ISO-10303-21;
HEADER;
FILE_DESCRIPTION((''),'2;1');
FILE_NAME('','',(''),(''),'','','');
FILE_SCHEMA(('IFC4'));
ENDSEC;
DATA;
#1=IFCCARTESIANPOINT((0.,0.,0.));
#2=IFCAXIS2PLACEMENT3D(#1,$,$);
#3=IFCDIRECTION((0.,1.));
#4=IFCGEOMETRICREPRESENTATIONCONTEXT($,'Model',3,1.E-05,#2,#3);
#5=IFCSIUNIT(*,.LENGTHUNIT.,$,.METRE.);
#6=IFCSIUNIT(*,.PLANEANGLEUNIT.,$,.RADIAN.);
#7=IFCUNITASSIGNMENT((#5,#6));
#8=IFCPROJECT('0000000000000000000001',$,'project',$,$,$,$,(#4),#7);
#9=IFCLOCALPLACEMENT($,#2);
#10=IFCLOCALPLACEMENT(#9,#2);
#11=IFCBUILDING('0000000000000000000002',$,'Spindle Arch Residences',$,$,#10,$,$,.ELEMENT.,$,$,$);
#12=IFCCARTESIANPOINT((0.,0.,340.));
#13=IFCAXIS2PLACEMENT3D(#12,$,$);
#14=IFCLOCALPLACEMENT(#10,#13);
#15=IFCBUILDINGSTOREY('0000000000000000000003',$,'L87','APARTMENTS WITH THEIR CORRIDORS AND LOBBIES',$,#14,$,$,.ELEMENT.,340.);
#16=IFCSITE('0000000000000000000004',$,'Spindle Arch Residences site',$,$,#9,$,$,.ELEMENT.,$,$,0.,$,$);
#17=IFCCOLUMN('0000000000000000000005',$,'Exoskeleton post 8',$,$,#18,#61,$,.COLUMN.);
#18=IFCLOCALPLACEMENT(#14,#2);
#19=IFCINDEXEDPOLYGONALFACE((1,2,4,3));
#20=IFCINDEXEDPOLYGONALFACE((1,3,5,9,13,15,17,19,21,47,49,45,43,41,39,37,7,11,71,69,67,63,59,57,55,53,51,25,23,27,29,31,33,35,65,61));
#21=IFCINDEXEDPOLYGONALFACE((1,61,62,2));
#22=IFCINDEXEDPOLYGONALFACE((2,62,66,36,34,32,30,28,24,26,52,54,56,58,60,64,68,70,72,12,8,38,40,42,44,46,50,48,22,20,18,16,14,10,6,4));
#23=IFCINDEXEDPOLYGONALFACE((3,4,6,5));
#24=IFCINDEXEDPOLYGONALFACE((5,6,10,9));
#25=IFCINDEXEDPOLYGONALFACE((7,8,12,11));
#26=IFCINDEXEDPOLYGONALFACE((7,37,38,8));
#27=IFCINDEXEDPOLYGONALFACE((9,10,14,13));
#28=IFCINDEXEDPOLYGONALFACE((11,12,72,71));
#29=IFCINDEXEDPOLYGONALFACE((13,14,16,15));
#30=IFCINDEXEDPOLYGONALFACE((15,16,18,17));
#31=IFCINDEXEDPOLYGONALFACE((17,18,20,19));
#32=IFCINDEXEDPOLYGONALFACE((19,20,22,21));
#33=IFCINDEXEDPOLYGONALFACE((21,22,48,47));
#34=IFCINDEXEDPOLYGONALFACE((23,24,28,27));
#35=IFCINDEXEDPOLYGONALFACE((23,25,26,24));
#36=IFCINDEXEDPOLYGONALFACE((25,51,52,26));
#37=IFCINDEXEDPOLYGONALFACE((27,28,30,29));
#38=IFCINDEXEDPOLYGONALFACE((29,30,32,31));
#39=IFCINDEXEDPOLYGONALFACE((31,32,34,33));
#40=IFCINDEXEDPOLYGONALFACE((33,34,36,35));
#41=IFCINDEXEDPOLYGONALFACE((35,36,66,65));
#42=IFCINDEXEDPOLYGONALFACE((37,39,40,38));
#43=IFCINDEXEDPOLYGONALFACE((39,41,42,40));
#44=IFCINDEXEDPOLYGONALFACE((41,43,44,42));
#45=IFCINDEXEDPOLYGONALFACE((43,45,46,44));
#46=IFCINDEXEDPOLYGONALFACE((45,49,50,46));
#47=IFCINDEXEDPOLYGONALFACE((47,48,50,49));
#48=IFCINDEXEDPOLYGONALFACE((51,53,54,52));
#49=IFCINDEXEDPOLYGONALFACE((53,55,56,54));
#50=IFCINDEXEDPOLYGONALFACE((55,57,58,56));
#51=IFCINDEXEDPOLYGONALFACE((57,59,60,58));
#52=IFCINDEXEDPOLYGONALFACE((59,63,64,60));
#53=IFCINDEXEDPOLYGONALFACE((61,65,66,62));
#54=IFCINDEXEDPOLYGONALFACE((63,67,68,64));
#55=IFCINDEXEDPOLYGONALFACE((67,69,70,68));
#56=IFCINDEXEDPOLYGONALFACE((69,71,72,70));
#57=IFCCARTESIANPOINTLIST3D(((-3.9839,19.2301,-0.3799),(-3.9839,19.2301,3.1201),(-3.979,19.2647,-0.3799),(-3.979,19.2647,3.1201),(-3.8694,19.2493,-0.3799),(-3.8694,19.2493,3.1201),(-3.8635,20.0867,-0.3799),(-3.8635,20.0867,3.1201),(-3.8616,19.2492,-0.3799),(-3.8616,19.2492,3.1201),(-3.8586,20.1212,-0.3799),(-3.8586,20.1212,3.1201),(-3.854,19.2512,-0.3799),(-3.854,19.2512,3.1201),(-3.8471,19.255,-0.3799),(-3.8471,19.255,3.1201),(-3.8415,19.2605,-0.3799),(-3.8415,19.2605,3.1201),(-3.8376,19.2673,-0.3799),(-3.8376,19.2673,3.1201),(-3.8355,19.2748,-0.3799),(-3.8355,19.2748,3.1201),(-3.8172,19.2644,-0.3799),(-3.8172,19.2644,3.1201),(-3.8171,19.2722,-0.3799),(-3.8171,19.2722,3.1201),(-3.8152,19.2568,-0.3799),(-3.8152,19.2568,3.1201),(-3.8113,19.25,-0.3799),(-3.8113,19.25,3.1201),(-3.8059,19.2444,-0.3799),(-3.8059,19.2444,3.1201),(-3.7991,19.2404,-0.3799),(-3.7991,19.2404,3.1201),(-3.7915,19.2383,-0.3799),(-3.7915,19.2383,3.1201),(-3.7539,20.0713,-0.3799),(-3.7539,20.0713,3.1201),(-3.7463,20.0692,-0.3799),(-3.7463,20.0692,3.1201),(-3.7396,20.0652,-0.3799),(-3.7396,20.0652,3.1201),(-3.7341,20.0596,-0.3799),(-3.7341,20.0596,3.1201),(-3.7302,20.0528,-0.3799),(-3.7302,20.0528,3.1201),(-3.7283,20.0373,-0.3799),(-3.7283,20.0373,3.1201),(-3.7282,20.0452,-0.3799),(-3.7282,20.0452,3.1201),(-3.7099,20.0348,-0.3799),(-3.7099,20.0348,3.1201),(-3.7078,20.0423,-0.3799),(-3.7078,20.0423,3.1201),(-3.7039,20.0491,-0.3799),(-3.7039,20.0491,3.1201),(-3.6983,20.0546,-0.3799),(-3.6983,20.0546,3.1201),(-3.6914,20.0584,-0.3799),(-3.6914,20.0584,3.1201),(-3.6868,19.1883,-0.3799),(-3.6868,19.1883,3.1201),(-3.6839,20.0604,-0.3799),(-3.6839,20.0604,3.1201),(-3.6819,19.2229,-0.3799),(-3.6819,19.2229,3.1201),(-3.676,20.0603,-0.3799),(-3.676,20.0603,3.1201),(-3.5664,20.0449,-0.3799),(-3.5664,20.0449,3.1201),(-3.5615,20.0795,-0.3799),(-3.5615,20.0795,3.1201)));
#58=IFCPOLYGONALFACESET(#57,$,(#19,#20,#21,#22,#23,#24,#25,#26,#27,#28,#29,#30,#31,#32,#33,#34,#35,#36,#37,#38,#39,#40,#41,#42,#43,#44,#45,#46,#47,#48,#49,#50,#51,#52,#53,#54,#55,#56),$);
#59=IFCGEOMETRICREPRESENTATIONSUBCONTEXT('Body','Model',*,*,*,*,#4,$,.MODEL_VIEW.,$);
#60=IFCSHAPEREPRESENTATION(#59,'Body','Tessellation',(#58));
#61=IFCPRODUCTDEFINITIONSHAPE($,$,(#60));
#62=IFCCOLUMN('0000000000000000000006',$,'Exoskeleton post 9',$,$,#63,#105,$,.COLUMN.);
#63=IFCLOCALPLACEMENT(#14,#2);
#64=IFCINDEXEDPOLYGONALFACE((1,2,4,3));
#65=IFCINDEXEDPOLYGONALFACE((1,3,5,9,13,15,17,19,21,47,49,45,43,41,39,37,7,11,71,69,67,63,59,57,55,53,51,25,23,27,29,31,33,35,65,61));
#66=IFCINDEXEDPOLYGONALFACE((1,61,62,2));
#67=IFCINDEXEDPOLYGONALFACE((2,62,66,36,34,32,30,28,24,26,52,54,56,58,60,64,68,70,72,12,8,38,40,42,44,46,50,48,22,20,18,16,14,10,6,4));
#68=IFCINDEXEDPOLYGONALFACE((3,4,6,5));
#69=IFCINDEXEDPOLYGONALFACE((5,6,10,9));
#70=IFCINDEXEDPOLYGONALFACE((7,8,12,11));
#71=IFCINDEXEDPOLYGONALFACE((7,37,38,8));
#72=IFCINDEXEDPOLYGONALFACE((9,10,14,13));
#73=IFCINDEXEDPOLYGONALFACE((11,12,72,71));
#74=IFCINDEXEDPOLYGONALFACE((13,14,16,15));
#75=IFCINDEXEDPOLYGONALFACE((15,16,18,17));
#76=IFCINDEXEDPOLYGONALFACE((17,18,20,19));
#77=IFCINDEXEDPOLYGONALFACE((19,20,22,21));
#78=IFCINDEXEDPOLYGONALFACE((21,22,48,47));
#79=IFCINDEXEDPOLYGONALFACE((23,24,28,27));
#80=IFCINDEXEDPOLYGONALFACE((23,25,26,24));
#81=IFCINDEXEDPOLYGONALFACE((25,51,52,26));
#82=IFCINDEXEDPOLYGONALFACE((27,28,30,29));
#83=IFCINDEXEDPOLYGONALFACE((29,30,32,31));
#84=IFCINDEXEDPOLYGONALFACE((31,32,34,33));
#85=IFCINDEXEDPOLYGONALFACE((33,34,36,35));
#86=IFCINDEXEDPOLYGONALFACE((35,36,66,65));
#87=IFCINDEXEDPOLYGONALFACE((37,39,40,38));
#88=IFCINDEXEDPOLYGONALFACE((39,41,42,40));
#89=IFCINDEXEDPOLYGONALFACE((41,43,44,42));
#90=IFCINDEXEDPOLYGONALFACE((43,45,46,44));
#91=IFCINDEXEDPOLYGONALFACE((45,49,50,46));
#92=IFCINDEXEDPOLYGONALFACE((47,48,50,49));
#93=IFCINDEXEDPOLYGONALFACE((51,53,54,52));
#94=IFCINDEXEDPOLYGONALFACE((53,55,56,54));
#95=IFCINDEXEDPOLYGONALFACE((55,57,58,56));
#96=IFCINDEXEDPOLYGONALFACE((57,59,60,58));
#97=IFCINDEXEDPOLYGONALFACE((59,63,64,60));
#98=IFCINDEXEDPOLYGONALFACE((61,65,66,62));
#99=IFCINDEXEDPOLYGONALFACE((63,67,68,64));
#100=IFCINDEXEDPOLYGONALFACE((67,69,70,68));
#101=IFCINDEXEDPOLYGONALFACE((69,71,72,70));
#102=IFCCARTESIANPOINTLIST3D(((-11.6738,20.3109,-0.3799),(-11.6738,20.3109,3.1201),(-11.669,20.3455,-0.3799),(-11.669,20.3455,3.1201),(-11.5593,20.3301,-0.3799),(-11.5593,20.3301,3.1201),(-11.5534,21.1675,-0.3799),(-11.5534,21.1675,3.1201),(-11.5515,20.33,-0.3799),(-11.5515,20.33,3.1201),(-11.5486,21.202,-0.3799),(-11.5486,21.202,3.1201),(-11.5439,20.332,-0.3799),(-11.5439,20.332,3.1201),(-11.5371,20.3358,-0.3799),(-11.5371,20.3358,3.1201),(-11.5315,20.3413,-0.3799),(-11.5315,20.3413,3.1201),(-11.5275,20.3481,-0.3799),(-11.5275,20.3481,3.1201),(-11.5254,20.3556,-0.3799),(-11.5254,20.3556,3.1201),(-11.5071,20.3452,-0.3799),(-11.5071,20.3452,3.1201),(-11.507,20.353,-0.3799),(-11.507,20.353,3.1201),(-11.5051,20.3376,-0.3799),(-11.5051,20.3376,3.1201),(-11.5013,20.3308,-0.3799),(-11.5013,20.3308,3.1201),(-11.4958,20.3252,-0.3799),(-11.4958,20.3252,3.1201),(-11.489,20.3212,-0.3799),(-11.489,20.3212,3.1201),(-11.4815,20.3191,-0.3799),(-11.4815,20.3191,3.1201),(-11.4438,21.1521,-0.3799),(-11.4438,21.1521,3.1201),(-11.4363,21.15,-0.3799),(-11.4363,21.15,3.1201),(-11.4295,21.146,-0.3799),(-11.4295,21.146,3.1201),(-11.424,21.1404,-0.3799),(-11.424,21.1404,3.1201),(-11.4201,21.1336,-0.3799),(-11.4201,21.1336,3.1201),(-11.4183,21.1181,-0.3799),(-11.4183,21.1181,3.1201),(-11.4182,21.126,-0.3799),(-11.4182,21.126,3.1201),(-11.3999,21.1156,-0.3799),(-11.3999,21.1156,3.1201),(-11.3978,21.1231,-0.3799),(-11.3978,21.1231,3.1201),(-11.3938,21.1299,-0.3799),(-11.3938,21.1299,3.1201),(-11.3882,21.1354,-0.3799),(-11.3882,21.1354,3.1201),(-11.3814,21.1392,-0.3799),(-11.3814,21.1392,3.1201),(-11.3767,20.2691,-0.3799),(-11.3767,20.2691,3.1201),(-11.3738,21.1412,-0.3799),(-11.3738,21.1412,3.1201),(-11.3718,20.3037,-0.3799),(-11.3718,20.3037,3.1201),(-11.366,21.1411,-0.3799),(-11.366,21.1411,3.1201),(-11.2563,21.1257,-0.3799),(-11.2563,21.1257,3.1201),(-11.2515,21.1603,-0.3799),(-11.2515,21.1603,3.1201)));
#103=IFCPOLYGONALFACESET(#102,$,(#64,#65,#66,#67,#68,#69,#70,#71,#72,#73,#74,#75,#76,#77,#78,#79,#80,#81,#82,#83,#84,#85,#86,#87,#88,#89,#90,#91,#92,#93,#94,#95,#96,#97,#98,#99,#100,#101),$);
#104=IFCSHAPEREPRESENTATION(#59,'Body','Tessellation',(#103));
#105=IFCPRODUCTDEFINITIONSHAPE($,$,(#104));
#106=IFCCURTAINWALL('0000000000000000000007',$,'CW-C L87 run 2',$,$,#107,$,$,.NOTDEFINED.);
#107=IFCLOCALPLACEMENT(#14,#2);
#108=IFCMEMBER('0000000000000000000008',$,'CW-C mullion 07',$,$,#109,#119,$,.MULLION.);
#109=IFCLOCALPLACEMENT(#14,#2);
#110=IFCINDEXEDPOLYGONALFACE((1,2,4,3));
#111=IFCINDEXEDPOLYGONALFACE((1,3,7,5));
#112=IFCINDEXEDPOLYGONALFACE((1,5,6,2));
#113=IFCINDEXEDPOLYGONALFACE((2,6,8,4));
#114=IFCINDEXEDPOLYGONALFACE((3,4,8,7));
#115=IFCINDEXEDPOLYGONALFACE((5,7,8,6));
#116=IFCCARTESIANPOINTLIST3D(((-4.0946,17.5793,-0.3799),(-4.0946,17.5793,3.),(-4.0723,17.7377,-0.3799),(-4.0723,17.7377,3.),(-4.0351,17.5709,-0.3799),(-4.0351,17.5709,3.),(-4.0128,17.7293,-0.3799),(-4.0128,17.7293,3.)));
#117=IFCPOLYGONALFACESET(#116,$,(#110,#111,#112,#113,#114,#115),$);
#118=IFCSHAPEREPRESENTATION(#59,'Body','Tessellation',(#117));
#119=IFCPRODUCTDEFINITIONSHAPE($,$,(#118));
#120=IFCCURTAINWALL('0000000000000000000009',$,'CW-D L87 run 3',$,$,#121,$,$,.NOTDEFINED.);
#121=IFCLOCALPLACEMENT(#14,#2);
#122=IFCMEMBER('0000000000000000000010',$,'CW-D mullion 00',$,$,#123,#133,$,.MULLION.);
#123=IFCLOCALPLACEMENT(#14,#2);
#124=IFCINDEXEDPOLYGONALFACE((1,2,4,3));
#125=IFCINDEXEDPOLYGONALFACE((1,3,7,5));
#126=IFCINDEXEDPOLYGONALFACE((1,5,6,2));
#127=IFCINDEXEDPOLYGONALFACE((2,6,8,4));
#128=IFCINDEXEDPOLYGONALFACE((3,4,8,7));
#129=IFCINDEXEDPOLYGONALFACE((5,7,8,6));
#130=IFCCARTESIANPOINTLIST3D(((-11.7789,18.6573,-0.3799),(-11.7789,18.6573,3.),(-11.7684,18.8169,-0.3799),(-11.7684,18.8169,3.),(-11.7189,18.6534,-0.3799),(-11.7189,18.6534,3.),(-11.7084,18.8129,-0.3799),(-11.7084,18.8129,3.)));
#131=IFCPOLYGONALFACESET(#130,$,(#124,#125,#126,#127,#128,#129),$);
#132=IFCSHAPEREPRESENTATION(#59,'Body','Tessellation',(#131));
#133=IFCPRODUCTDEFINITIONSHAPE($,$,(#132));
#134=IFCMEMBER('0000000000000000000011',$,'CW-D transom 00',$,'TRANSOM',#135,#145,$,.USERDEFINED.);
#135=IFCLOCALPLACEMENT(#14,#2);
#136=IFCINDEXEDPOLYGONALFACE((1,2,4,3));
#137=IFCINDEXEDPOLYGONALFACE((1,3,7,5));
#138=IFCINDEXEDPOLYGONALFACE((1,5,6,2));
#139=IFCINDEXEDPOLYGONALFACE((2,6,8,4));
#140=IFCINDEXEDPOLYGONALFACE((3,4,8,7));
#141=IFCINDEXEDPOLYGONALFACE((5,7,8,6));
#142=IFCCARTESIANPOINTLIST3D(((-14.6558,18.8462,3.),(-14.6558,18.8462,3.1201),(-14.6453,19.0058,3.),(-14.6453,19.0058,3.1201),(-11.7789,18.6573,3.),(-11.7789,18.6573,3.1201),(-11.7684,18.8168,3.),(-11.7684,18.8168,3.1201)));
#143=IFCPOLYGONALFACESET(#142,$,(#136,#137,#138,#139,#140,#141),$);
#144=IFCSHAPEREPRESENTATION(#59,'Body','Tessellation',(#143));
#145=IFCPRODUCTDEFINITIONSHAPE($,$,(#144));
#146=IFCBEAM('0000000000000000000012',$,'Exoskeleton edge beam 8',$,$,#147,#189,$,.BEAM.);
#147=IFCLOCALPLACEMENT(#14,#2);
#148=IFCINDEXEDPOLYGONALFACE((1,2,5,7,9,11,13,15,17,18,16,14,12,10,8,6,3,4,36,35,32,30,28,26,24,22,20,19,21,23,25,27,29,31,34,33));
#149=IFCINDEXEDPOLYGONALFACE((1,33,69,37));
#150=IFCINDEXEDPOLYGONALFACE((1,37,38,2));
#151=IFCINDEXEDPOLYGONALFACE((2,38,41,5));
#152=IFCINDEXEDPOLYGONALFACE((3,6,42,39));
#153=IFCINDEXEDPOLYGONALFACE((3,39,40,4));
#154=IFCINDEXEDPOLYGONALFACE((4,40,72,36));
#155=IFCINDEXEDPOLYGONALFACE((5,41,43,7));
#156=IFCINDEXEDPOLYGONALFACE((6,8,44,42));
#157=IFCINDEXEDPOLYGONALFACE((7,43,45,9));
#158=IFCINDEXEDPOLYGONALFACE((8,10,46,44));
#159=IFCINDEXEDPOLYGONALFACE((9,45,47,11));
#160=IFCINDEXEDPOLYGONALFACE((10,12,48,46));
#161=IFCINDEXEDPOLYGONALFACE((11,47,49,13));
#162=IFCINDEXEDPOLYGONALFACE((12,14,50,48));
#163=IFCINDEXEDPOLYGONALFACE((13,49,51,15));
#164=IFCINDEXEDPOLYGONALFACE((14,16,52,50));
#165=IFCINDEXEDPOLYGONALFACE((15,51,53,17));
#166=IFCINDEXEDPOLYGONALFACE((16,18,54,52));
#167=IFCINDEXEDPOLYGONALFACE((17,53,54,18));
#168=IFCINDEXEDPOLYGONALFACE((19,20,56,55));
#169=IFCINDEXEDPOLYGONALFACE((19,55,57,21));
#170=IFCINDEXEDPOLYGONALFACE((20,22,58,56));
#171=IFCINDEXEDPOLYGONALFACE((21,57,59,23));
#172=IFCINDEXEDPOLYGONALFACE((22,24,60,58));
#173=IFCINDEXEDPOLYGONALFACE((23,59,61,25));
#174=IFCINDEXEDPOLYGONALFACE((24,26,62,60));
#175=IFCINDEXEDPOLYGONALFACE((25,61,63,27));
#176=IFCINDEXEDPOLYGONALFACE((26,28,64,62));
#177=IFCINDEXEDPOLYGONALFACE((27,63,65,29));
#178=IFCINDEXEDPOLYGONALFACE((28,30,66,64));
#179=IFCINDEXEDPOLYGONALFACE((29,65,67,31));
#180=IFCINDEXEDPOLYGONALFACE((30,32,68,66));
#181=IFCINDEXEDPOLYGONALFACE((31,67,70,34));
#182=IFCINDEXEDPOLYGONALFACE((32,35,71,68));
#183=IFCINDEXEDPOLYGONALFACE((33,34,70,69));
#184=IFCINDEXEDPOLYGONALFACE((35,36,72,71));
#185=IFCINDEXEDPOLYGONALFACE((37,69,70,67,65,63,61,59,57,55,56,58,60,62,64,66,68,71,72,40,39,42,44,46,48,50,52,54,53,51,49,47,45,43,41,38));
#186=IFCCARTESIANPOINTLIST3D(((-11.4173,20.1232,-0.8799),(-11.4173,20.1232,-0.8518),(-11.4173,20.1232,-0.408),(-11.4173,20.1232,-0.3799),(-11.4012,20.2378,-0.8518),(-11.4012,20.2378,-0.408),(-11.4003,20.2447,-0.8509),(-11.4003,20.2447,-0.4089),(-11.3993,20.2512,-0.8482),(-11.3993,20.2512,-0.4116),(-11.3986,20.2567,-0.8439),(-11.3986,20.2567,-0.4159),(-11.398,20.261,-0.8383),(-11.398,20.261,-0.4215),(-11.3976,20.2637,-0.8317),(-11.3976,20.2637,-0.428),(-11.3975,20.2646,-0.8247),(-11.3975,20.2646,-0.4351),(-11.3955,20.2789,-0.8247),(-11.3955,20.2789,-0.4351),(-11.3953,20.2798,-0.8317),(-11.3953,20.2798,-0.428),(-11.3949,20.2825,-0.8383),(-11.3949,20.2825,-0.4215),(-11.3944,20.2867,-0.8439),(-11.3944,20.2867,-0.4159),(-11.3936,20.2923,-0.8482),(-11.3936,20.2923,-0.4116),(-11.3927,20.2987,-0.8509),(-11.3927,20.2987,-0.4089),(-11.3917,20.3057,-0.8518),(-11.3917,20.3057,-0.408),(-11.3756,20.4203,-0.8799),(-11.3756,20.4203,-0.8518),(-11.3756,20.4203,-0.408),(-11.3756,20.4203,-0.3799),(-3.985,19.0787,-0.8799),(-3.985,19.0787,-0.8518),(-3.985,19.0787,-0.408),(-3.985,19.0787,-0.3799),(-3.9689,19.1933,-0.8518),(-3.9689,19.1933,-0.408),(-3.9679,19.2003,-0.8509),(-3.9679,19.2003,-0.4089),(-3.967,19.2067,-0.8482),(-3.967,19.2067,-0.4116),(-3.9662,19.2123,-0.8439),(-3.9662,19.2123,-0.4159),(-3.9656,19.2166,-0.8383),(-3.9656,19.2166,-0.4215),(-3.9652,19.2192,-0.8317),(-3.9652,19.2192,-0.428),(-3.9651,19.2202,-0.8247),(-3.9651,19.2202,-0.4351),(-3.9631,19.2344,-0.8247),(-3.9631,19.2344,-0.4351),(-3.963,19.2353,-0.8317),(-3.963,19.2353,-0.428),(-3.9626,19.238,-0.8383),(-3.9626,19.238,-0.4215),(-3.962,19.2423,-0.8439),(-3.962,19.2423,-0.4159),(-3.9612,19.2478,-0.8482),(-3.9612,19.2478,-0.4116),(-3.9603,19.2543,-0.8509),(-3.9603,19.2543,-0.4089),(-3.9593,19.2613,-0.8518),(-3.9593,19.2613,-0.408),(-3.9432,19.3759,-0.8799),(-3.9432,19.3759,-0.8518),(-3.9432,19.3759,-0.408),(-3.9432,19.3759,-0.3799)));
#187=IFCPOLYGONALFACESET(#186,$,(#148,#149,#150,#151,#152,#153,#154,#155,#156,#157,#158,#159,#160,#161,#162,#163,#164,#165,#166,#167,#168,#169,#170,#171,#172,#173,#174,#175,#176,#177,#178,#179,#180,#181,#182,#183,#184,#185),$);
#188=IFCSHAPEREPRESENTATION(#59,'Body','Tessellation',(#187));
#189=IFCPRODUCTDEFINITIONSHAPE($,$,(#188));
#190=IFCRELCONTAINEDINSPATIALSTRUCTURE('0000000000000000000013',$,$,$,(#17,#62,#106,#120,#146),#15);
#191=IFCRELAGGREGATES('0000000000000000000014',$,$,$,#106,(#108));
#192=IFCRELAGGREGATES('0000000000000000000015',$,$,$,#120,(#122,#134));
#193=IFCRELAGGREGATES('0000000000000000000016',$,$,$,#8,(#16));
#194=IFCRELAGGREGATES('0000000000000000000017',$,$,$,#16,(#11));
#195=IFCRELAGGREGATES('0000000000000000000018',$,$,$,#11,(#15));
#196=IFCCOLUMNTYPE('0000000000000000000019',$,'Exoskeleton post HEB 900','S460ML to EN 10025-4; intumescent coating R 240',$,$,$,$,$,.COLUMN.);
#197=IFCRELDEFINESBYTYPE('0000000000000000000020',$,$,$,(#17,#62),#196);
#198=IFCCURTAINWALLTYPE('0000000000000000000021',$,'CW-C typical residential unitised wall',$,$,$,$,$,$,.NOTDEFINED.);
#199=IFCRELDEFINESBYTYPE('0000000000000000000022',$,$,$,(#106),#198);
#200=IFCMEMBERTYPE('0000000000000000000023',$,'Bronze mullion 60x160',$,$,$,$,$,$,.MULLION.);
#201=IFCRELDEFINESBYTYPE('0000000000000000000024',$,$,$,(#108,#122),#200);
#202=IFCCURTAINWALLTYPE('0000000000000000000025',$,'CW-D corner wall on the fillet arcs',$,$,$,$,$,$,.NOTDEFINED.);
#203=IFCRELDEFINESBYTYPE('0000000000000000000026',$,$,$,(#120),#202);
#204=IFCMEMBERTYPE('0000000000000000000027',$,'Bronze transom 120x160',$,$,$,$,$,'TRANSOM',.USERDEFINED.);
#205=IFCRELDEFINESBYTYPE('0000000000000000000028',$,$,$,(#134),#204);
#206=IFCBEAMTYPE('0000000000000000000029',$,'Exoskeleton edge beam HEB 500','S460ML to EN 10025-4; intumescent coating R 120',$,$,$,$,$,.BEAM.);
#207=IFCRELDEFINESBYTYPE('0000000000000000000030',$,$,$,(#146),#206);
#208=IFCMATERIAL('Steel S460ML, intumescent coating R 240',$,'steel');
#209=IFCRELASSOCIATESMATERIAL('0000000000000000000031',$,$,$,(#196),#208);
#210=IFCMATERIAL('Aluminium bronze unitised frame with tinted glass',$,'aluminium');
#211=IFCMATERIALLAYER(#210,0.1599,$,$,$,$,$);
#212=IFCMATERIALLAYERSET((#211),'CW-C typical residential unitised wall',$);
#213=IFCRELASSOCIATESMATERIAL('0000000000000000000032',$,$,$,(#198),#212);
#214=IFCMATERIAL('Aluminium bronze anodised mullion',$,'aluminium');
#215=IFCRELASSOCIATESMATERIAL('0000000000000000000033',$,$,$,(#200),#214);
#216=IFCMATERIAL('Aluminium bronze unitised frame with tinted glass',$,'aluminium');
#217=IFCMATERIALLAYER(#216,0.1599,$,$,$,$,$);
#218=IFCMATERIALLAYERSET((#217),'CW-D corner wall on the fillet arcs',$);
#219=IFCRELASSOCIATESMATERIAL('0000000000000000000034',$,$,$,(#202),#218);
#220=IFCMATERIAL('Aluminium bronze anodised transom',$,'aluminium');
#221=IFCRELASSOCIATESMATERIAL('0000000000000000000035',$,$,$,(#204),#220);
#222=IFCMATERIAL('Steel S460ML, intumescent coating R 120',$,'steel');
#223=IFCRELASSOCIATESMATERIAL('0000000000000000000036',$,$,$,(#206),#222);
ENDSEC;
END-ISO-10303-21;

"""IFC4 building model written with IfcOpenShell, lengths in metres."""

from ifc_helpers import new_model, si_unit, direction, frame, origin, origin_2d, place, context, subcontext, project, spatial, rectangle, i_section, extrude, material, layer, layer_set, material_profile, profile_set, type_object, element, aggregate, save


model = new_model("IFC4")

# Units and contexts
model_context = context("Model", 3, precision=1e-05, world=origin(), true_north=direction((0.0, 1.0)))
body_context = subcontext(model_context, "Body", "Model", "MODEL_VIEW")
ifc_project = project(units=[si_unit("LENGTHUNIT", "METRE"), si_unit("PLANEANGLEUNIT", "RADIAN")], contexts=[model_context])

# Site, building, storey
site_placement = place(None, origin())
site = spatial("IfcSite", under=ifc_project, at=site_placement, Name="Spindle Arch Residences site", CompositionType="ELEMENT", RefElevation=0.0)
building_placement = place(site_placement, origin())
building = spatial("IfcBuilding", under=site, at=building_placement, Name="Spindle Arch Residences", CompositionType="ELEMENT")
storey_placement = place(building_placement, frame((0.0, 0.0, 340.0)))
storey = spatial("IfcBuildingStorey", under=building, at=storey_placement, Name="L87", Description="APARTMENTS WITH THEIR CORRIDORS AND LOBBIES", CompositionType="ELEMENT", Elevation=340.0)

# Columns
ifc_material_1 = material(Name="Steel S460ML, intumescent coating R 240", Category="steel")
ifc_material_profile_1 = material_profile(ifc_material_1, i_section(OverallWidth=0.3, OverallDepth=0.8999, WebThickness=0.0186, FlangeThickness=0.0349, FilletRadius=0.03, at=origin_2d()), Name="HEB 900")
ifc_profile_set_1 = profile_set([ifc_material_profile_1], Name="Steel S460ML, intumescent coating R 240")
column_type = type_object("IfcColumnType", Name="Exoskeleton post HEB 900", Description="S460ML to EN 10025-4; intumescent coating R 240", PredefinedType="COLUMN", material=ifc_profile_set_1)
for number, where, z_axis, x_axis, name in (
    (1, (-3.7727, 19.6548, -0.3799), (0.0, 0.0, 1.0), (0.990268, -0.139173, 0.0), "Exoskeleton post 8"),
    (2, (-11.4626, 20.7356, -0.3799), (0.0, 0.0, 1.0), (0.990268, -0.139173, 0.0), "Exoskeleton post 9"),
):
    element("IfcColumn", number, at=place(storey_placement, frame(where, z_axis=z_axis, x_axis=x_axis)), inside=storey, type_object=column_type, Name=name, PredefinedType="COLUMN", context=body_context, shape_type="SweptSolid", body=[
        extrude(i_section(OverallWidth=0.3, OverallDepth=0.8999, WebThickness=0.0186, FlangeThickness=0.0349, FilletRadius=0.03, at=origin_2d()), origin(), (0.0, 0.0, 1.0), 3.5),
    ])

# Curtain wall, member
ifc_material_2 = material(Name="Aluminium bronze unitised frame with tinted glass", Category="aluminium")
ifc_layer_1 = layer(ifc_material_2, 0.1599)
ifc_layer_set_1 = layer_set([ifc_layer_1], Name="CW-C typical residential unitised wall")
curtain_wall_type_1 = type_object("IfcCurtainWallType", Name="CW-C typical residential unitised wall", PredefinedType="NOTDEFINED", material=ifc_layer_set_1)
curtain_wall_1_placement = place(storey_placement, origin())
curtain_wall_1 = element("IfcCurtainWall", 3, at=curtain_wall_1_placement, inside=storey, type_object=curtain_wall_type_1, Name="CW-C L87 run 2", PredefinedType="NOTDEFINED")
ifc_material_3 = material(Name="Aluminium bronze anodised mullion", Category="aluminium")
ifc_material_profile_2 = material_profile(ifc_material_3, rectangle(XDim=0.1599, YDim=0.0601, at=origin_2d()), Name="MU 60x160")
ifc_profile_set_2 = profile_set([ifc_material_profile_2], Name="Aluminium bronze anodised mullion")
member_type_1 = type_object("IfcMemberType", Name="Bronze mullion 60x160", PredefinedType="MULLION", material=ifc_profile_set_2)
member_1_placement = place(storey_placement, frame((-4.0537, 17.6543, -0.3799), z_axis=(0.0, 0.0, 1.0), x_axis=(-0.139173, -0.990268, 0.0)))
member_1 = element("IfcMember", 4, at=member_1_placement, type_object=member_type_1, Name="CW-C mullion 07", PredefinedType="MULLION", context=body_context, shape_type="SweptSolid", body=[
    extrude(rectangle(XDim=0.1599, YDim=0.0601, at=origin_2d()), origin(), (0.0, 0.0, 1.0), 3.3799),
])

# Curtain wall, members
ifc_material_4 = material(Name="Aluminium bronze unitised frame with tinted glass", Category="aluminium")
ifc_layer_2 = layer(ifc_material_4, 0.1599)
ifc_layer_set_2 = layer_set([ifc_layer_2], Name="CW-D corner wall on the fillet arcs")
curtain_wall_type_2 = type_object("IfcCurtainWallType", Name="CW-D corner wall on the fillet arcs", PredefinedType="NOTDEFINED", material=ifc_layer_set_2)
curtain_wall_2_placement = place(storey_placement, origin())
curtain_wall_2 = element("IfcCurtainWall", 5, at=curtain_wall_2_placement, inside=storey, type_object=curtain_wall_type_2, Name="CW-D L87 run 3", PredefinedType="NOTDEFINED")
member_2_placement = place(storey_placement, frame((-11.7437, 18.7351, -0.3799), z_axis=(0.0, 0.0, 1.0), x_axis=(-0.06551, -0.997852, 0.0)))
member_2 = element("IfcMember", 6, at=member_2_placement, type_object=member_type_1, Name="CW-D mullion 00", PredefinedType="MULLION", context=body_context, shape_type="SweptSolid", body=[
    extrude(rectangle(XDim=0.1599, YDim=0.0601, at=origin_2d()), origin(), (0.0, 0.0, 1.0), 3.3799),
])
ifc_material_5 = material(Name="Aluminium bronze anodised transom", Category="aluminium")
ifc_material_profile_3 = material_profile(ifc_material_5, rectangle(XDim=0.1599, YDim=0.1201, at=origin_2d()), Name="TR 120x160")
ifc_profile_set_3 = profile_set([ifc_material_profile_3], Name="Aluminium bronze anodised transom")
member_type_2 = type_object("IfcMemberType", Name="Bronze transom 120x160", ElementType="TRANSOM", PredefinedType="USERDEFINED", material=ifc_profile_set_3)
member_3_placement = place(storey_placement, frame((-11.7737, 18.7371, 3.0601), z_axis=(-0.99785, 0.065541, 0.0), x_axis=(-0.065541, -0.99785, 0.0)))
member_3 = element("IfcMember", 7, at=member_3_placement, type_object=member_type_2, Name="CW-D transom 00", ObjectType="TRANSOM", PredefinedType="USERDEFINED", context=body_context, shape_type="SweptSolid", body=[
    extrude(rectangle(XDim=0.1599, YDim=0.1201, at=origin_2d()), origin(), (0.0, 0.0, 1.0), 2.8831),
])

# Beam
ifc_material_6 = material(Name="Steel S460ML, intumescent coating R 120", Category="steel")
ifc_material_profile_4 = material_profile(ifc_material_6, i_section(OverallWidth=0.3, OverallDepth=0.5, WebThickness=0.0144, FlangeThickness=0.0281, FilletRadius=0.0271, at=origin_2d()), Name="HEB 500")
ifc_profile_set_4 = profile_set([ifc_material_profile_4], Name="Steel S460ML, intumescent coating R 120")
beam_type_1 = type_object("IfcBeamType", Name="Exoskeleton edge beam HEB 500", Description="S460ML to EN 10025-4; intumescent coating R 120", PredefinedType="BEAM", material=ifc_profile_set_4)
beam_1_placement = place(storey_placement, frame((-3.9641, 19.2273, -0.6299), z_axis=(-0.99027, 0.139158, 0.0), x_axis=(-0.139158, -0.99027, 0.0)))
element("IfcBeam", 8, at=beam_1_placement, inside=storey, type_object=beam_type_1, Name="Exoskeleton edge beam 8", PredefinedType="BEAM", context=body_context, shape_type="SweptSolid", body=[
    extrude(i_section(OverallWidth=0.3, OverallDepth=0.5, WebThickness=0.0144, FlangeThickness=0.0281, FilletRadius=0.0271, at=origin_2d()), origin(), (0.0, 0.0, 1.0), 7.5054),
])

aggregate(curtain_wall_1, [member_1])
aggregate(curtain_wall_2, [member_2, member_3])

save(model, "model.ifc")
